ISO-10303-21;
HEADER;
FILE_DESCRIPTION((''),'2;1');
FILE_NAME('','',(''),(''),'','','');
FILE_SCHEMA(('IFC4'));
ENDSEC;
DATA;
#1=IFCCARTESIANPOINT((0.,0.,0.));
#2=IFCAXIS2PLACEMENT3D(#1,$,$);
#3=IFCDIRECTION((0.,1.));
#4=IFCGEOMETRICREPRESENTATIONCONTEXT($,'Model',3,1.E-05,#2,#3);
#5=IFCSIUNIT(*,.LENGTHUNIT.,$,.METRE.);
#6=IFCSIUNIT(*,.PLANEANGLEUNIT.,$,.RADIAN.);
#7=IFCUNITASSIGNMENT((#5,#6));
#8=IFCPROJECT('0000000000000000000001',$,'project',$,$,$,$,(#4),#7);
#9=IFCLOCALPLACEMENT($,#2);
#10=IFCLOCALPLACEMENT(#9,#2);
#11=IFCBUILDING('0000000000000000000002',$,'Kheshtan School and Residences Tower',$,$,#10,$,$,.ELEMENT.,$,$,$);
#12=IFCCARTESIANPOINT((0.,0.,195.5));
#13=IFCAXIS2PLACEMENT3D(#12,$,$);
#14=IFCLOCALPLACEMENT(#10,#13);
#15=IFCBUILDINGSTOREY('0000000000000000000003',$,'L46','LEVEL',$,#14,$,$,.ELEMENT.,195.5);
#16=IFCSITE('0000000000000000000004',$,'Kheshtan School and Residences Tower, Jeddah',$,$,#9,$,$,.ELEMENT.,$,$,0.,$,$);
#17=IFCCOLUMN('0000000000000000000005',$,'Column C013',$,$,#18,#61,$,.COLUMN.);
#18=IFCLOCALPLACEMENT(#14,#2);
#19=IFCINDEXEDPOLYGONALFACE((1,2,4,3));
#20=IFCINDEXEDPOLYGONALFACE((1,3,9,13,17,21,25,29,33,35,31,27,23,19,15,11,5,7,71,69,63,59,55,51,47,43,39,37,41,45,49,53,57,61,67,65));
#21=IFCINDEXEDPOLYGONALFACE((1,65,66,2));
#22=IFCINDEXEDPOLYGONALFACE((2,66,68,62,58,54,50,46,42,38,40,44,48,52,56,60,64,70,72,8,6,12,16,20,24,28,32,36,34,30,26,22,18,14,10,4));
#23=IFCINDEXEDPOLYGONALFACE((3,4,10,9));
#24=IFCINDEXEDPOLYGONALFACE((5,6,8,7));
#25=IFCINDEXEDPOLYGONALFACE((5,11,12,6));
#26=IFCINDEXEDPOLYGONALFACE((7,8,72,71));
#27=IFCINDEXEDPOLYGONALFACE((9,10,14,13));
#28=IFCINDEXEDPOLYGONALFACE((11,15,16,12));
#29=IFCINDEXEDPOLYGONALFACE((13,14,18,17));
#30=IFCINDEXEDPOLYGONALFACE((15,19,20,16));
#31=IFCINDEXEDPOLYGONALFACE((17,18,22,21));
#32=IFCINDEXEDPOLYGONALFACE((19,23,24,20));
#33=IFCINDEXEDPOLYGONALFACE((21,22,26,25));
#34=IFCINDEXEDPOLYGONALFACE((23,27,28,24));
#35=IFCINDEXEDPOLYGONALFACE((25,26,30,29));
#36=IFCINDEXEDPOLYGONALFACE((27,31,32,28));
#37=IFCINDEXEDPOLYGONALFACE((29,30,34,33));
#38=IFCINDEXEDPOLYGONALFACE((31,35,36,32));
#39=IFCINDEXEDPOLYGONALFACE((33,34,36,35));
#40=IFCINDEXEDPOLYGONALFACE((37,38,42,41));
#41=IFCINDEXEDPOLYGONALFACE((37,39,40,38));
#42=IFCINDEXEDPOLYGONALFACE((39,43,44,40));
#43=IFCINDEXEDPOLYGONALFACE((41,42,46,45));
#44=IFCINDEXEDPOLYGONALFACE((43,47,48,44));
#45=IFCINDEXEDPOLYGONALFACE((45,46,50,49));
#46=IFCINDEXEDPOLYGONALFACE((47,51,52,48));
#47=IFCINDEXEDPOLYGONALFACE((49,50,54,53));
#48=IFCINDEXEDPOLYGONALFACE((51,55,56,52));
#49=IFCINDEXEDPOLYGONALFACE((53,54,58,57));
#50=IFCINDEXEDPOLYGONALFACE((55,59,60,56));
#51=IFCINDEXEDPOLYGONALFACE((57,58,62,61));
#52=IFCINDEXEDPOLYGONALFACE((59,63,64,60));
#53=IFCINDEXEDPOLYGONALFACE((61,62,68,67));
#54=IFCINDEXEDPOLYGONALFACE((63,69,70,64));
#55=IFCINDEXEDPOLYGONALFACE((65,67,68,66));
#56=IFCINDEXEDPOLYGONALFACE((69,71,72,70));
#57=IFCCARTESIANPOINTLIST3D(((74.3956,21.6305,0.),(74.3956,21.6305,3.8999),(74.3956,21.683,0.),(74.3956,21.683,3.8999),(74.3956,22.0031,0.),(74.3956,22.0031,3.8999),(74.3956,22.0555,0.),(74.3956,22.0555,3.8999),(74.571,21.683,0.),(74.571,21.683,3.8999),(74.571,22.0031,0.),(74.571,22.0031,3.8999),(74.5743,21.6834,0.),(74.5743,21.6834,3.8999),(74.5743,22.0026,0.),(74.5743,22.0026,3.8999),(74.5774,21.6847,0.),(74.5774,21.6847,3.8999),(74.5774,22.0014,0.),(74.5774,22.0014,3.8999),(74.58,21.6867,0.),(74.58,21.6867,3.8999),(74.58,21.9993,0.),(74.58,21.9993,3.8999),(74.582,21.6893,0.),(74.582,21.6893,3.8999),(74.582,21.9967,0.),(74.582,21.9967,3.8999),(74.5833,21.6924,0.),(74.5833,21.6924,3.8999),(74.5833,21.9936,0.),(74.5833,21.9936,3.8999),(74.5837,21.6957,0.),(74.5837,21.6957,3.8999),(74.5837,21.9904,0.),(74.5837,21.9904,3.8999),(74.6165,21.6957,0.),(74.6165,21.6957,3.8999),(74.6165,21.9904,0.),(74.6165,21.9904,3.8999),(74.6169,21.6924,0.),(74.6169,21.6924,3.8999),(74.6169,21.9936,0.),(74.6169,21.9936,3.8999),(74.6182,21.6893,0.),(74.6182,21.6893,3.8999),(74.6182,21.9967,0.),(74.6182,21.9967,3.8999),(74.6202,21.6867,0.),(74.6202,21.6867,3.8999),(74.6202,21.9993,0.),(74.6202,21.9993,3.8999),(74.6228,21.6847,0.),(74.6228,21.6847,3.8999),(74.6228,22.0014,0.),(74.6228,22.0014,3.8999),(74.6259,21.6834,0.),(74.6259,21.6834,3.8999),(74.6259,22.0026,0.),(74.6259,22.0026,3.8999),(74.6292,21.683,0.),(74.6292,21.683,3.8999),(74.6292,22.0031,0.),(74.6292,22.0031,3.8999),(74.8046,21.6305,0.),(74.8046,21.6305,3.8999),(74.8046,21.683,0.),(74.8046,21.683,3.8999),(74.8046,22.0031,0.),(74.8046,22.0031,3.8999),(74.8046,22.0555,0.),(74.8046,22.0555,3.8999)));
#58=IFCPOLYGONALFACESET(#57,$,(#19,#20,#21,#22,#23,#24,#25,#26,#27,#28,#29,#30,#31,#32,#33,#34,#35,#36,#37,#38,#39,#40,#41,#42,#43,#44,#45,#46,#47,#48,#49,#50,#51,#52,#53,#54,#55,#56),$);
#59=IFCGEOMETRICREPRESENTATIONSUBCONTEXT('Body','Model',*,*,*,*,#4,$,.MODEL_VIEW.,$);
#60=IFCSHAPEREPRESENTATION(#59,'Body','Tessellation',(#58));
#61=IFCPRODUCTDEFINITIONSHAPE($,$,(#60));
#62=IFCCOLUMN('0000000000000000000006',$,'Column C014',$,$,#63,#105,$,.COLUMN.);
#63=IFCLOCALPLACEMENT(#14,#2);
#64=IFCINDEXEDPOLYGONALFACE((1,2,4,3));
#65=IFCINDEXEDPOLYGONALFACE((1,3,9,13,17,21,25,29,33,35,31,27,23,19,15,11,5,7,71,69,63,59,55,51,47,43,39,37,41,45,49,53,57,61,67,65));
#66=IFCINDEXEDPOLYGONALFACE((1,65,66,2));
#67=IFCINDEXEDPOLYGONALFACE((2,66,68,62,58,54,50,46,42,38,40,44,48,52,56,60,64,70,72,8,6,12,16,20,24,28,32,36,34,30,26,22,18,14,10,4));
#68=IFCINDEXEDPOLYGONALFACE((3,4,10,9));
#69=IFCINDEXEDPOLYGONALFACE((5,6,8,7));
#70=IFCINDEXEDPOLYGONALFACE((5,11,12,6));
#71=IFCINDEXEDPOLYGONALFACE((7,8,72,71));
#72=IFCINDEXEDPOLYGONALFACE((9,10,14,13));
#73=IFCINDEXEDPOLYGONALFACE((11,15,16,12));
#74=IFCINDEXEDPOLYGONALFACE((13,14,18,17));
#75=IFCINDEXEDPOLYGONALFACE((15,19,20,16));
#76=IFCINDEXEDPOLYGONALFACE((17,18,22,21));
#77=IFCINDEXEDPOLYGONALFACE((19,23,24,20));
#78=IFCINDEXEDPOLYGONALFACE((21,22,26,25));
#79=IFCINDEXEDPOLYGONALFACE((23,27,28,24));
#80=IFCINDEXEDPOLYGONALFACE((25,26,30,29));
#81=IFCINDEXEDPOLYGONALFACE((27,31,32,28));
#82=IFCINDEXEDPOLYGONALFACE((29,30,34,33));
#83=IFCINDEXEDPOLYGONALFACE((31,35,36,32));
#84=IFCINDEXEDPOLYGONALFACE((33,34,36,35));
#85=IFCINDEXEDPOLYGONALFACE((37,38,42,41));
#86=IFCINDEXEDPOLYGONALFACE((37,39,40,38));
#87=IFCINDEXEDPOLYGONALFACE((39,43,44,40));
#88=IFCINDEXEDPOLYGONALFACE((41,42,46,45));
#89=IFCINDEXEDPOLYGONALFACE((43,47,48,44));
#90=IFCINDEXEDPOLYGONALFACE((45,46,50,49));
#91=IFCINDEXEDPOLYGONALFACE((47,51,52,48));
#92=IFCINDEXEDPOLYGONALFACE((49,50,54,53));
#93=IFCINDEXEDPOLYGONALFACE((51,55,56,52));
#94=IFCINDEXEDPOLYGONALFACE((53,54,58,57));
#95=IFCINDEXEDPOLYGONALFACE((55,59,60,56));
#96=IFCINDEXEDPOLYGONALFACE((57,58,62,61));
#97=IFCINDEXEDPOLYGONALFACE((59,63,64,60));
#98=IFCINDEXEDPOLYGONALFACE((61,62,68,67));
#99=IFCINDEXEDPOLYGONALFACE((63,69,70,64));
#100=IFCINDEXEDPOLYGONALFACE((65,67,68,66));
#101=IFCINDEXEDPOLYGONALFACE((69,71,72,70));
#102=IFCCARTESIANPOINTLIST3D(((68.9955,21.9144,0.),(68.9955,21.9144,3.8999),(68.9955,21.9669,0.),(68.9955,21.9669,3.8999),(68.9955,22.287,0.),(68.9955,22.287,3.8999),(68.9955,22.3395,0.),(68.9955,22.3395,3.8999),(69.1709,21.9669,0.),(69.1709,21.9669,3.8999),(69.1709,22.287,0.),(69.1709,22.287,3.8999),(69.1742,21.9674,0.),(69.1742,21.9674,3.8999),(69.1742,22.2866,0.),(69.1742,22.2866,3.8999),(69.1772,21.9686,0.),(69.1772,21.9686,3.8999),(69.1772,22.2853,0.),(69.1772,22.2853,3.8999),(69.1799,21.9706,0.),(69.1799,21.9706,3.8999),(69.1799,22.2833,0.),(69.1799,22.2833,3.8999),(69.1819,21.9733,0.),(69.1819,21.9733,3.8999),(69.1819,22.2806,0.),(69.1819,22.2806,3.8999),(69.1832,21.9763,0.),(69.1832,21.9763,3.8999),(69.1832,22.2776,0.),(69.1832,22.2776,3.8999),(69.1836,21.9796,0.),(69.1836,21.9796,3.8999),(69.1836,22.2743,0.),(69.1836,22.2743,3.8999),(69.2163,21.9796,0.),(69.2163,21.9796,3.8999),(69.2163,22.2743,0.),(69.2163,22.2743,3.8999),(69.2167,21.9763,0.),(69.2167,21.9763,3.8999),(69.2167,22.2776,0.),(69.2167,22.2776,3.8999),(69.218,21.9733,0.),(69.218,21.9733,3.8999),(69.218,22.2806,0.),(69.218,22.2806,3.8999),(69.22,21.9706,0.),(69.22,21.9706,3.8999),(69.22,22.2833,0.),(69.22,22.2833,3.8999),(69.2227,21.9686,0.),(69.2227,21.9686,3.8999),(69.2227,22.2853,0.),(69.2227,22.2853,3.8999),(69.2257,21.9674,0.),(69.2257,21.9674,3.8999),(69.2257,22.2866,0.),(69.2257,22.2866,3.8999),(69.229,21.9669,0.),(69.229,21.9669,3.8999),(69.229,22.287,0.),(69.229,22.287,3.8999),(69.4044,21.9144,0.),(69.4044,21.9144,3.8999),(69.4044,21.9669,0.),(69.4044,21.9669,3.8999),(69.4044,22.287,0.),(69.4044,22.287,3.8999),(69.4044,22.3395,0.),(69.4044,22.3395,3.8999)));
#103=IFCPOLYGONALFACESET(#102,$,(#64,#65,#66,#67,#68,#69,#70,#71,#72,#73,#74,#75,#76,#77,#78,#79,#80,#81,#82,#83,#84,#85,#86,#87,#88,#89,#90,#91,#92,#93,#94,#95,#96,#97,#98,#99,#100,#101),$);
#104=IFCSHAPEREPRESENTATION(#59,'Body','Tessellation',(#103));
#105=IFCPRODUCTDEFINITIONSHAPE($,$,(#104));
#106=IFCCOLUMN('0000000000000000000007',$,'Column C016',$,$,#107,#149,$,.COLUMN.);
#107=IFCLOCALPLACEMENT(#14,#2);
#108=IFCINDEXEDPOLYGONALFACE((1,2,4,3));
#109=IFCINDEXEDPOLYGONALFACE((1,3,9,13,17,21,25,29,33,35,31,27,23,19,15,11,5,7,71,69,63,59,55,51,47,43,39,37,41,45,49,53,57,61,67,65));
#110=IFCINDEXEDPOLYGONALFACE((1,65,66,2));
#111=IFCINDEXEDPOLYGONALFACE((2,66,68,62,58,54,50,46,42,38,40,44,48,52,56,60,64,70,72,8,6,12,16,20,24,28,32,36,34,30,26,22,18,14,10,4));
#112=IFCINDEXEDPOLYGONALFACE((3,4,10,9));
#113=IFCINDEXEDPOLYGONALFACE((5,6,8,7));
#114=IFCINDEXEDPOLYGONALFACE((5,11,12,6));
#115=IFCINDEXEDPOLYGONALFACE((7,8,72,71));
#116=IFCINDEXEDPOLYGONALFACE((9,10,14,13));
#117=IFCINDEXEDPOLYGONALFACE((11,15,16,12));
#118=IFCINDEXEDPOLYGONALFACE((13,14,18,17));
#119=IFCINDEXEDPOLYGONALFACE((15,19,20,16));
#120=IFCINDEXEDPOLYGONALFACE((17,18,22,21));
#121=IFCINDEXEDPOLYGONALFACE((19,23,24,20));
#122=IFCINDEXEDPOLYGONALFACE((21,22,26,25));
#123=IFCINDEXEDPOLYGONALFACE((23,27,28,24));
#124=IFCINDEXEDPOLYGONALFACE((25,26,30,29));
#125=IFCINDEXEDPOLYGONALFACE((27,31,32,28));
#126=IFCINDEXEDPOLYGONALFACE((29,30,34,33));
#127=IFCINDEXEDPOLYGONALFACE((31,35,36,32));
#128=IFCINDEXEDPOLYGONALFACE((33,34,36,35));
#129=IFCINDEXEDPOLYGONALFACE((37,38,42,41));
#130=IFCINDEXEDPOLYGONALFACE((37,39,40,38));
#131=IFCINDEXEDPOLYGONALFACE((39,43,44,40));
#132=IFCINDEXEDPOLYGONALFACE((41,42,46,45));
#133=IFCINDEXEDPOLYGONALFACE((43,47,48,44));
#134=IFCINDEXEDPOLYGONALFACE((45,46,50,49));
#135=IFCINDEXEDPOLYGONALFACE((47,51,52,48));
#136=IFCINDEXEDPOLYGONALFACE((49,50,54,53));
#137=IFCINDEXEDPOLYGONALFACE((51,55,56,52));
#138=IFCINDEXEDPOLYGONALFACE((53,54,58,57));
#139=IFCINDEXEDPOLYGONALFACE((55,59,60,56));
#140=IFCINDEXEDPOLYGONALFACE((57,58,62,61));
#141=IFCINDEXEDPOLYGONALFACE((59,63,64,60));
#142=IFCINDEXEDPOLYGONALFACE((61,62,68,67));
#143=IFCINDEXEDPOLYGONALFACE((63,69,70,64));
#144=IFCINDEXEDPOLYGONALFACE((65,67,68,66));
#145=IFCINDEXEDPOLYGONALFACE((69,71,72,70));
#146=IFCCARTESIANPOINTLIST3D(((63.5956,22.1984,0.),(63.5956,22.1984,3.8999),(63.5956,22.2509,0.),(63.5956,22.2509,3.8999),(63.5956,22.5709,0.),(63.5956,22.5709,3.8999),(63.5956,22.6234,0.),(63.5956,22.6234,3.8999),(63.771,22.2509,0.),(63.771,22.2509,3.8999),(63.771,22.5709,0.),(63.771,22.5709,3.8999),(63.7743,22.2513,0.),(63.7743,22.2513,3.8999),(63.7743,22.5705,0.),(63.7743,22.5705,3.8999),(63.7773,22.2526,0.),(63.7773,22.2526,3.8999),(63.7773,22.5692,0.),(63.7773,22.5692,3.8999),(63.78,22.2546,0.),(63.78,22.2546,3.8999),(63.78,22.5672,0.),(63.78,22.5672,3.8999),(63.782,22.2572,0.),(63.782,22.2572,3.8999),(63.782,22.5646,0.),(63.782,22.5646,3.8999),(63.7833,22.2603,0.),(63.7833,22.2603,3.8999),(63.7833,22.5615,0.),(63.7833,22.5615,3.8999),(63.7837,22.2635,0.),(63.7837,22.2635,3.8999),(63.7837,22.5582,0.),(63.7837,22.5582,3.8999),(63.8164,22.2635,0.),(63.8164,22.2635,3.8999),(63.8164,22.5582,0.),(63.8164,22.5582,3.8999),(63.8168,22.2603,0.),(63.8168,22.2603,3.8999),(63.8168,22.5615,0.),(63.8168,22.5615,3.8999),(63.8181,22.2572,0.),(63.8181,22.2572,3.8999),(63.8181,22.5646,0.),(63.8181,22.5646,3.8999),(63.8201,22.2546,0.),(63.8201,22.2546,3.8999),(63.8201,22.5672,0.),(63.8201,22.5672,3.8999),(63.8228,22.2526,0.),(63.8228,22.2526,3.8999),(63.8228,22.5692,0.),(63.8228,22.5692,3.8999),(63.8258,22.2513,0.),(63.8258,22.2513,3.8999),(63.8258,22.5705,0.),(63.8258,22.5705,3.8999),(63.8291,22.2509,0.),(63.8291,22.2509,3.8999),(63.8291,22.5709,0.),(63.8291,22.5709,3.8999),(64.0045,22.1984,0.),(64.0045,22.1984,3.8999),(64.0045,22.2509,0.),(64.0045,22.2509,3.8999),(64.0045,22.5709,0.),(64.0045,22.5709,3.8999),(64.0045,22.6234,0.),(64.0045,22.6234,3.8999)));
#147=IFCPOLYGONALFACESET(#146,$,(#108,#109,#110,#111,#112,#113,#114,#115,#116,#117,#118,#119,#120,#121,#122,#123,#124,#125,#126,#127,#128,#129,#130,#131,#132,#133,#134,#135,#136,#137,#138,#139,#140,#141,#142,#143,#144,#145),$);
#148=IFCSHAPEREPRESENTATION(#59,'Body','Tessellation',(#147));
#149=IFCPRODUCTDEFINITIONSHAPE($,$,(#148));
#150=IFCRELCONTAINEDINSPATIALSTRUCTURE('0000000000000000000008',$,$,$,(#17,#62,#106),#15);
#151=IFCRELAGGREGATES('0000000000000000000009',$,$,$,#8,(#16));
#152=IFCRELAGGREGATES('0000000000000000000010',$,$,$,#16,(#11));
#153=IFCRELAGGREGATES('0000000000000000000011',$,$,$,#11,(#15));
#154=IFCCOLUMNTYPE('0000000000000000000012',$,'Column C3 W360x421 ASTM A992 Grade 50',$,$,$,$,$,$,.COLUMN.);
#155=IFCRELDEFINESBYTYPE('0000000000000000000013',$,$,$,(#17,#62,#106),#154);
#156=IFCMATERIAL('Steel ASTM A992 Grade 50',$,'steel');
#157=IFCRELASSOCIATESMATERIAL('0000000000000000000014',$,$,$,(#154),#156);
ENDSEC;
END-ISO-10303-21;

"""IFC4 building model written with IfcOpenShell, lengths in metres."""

from ifc_helpers import new_model, si_unit, direction, frame, origin, origin_2d, place, context, subcontext, project, spatial, i_section, extrude, material, material_profile, profile_set, type_object, element, save


model = new_model("IFC4")

# Units and contexts
model_context = context("Model", 3, precision=1e-05, world=origin(), true_north=direction((0.0, 1.0)))
body_context = subcontext(model_context, "Body", "Model", "MODEL_VIEW")
ifc_project = project(units=[si_unit("LENGTHUNIT", "METRE"), si_unit("PLANEANGLEUNIT", "RADIAN")], contexts=[model_context])

# Site, building, storey
site_placement = place(None, origin())
site = spatial("IfcSite", under=ifc_project, at=site_placement, Name="Kheshtan School and Residences Tower, Jeddah", CompositionType="ELEMENT", RefElevation=0.0)
building_placement = place(site_placement, origin())
building = spatial("IfcBuilding", under=site, at=building_placement, Name="Kheshtan School and Residences Tower", CompositionType="ELEMENT")
storey_placement = place(building_placement, frame((0.0, 0.0, 195.5)))
storey = spatial("IfcBuildingStorey", under=building, at=storey_placement, Name="L46", Description="LEVEL", CompositionType="ELEMENT", Elevation=195.5)

# Columns
ifc_material_1 = material(Name="Steel ASTM A992 Grade 50", Category="steel")
ifc_material_profile_1 = material_profile(ifc_material_1, i_section(OverallWidth=0.4089, OverallDepth=0.425, WebThickness=0.0327, FlangeThickness=0.0525, FilletRadius=0.0127, at=origin_2d()), Name="W360x421")
ifc_profile_set_1 = profile_set([ifc_material_profile_1], Name="Steel ASTM A992 Grade 50")
column_type_1 = type_object("IfcColumnType", Name="Column C3 W360x421 ASTM A992 Grade 50", PredefinedType="COLUMN", material=ifc_profile_set_1)
for number, where, z_axis, x_axis, name in (
    (1, (74.6001, 21.843, 0.0), (0.0, 0.0, 1.0), (1.0, 0.0, 0.0), "Column C013"),
    (2, (69.2, 22.127, 0.0), (0.0, 0.0, 1.0), (1.0, 0.0, 0.0), "Column C014"),
    (3, (63.8, 22.4109, 0.0), (0.0, 0.0, 1.0), (1.0, 0.0, 0.0), "Column C016"),
):
    element("IfcColumn", number, at=place(storey_placement, frame(where, z_axis=z_axis, x_axis=x_axis)), inside=storey, type_object=column_type_1, Name=name, PredefinedType="COLUMN", context=body_context, shape_type="SweptSolid", body=[
        extrude(i_section(OverallWidth=0.4089, OverallDepth=0.425, WebThickness=0.0327, FlangeThickness=0.0525, FilletRadius=0.0127, at=origin_2d()), origin(), (0.0, 0.0, 1.0), 3.8999),
    ])

save(model, "model.ifc")
